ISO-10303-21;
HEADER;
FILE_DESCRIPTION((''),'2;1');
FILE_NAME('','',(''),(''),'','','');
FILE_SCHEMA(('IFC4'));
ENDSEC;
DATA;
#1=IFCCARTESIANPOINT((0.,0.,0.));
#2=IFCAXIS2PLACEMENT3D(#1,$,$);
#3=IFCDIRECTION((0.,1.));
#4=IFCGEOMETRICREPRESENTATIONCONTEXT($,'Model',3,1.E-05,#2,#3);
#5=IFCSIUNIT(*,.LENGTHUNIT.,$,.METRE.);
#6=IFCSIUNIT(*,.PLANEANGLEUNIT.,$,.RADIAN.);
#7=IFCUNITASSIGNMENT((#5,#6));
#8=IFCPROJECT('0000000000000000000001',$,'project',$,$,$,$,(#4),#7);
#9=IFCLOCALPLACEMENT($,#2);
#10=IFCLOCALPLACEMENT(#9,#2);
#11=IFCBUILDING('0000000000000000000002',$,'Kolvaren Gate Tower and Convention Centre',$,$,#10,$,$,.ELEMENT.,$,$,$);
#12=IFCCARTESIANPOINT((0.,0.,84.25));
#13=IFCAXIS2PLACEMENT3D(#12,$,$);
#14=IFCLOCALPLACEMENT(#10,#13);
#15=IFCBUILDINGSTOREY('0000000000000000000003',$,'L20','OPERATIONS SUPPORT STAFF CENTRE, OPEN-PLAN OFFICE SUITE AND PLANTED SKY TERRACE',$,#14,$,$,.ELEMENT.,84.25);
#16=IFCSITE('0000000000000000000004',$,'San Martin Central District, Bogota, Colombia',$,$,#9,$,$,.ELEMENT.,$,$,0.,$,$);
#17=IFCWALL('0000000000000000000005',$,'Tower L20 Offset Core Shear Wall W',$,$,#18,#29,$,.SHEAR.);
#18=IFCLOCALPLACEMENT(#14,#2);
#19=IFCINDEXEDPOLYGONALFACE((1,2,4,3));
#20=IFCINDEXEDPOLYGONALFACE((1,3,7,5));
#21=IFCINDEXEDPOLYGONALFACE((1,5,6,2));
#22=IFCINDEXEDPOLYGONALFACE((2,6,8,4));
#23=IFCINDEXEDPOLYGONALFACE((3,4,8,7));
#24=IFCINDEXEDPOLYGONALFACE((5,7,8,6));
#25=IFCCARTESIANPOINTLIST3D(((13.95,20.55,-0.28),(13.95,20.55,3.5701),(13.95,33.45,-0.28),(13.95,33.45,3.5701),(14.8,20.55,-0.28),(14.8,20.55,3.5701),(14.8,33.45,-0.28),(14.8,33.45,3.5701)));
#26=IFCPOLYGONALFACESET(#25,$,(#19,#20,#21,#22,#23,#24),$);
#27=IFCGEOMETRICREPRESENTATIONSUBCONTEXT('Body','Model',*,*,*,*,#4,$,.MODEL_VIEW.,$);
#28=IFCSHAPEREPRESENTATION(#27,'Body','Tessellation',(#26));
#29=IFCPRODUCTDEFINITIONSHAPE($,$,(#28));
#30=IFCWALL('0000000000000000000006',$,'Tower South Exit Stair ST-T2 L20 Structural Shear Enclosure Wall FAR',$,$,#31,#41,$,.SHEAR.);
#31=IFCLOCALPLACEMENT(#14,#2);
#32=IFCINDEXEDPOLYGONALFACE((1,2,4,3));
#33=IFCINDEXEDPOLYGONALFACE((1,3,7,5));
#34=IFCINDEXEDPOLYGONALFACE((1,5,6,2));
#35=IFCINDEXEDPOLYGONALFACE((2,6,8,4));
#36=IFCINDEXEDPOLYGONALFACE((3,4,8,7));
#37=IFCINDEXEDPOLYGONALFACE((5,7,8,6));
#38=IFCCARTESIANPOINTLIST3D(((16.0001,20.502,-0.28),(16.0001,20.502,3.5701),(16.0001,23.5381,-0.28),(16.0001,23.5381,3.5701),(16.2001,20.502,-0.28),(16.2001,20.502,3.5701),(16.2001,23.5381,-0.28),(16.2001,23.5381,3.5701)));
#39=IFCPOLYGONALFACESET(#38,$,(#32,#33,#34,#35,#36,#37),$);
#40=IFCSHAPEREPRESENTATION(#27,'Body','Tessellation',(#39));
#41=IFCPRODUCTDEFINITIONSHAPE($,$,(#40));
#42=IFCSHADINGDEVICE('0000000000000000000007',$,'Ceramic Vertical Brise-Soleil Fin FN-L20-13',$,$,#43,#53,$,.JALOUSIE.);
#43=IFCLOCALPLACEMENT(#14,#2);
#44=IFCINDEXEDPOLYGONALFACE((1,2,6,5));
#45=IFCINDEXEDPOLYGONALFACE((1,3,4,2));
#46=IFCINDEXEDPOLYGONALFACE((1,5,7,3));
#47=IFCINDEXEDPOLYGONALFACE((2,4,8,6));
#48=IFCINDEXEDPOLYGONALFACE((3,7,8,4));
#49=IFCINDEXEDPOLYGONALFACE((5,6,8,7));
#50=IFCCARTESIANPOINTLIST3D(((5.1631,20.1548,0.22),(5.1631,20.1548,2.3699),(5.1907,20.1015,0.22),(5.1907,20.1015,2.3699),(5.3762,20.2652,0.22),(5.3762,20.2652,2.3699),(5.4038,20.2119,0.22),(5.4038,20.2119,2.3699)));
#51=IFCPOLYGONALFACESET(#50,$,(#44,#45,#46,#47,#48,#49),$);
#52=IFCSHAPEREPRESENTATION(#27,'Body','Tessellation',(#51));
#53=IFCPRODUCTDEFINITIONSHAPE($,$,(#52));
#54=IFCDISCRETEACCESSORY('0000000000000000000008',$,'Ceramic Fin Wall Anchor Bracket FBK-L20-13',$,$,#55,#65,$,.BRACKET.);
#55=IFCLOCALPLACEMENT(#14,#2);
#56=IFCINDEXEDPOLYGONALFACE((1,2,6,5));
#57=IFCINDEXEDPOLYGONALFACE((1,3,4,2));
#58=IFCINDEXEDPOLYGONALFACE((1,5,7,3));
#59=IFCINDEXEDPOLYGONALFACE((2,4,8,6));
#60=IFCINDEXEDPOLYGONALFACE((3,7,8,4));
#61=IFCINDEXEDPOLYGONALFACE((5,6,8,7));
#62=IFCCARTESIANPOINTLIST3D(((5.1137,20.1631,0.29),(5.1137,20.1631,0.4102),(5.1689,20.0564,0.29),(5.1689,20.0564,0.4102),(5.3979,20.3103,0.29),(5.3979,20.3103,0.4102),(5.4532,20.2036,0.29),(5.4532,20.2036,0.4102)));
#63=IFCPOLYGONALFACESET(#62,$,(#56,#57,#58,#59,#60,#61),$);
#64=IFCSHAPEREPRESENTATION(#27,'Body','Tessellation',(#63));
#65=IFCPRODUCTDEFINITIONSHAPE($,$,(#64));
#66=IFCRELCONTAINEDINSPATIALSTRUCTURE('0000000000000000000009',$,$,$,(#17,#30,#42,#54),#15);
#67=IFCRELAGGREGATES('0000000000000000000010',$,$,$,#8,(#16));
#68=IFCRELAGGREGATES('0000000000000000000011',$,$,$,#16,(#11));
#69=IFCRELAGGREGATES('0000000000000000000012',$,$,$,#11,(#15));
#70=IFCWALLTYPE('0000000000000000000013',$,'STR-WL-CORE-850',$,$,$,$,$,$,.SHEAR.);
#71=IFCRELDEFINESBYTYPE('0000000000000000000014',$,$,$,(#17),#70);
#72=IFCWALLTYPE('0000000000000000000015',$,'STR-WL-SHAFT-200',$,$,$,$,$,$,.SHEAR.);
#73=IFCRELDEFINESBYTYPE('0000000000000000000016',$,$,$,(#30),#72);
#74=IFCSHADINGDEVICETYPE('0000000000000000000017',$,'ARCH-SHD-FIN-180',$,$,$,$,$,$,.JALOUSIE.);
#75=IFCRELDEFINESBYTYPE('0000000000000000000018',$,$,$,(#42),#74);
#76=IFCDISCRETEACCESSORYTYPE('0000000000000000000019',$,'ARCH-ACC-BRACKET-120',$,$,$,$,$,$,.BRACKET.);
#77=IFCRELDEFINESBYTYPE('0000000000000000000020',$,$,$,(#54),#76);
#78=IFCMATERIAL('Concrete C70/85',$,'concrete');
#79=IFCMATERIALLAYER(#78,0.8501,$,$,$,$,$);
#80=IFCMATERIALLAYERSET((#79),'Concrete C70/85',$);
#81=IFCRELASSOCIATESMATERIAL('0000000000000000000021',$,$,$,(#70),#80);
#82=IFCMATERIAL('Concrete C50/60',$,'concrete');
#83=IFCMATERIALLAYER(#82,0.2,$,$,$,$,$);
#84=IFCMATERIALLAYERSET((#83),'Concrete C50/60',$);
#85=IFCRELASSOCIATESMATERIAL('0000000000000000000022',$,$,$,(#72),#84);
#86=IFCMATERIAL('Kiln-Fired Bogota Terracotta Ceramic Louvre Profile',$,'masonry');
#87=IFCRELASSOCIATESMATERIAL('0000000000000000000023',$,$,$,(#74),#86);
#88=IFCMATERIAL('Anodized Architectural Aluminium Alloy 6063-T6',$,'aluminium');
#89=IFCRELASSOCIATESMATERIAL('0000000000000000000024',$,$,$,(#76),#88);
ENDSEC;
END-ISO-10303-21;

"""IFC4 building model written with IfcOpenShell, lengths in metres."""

from ifc_helpers import new_model, si_unit, direction, frame, frame_2d, origin, origin_2d, place, context, subcontext, project, spatial, rectangle, extrude, material, layer, layer_set, type_object, element, save


model = new_model("IFC4")

# Units and contexts
model_context = context("Model", 3, precision=1e-05, world=origin(), true_north=direction((0.0, 1.0)))
body_context = subcontext(model_context, "Body", "Model", "MODEL_VIEW")
ifc_project = project(units=[si_unit("LENGTHUNIT", "METRE"), si_unit("PLANEANGLEUNIT", "RADIAN")], contexts=[model_context])

# Site, building, storey
site_placement = place(None, origin())
site = spatial("IfcSite", under=ifc_project, at=site_placement, Name="San Martin Central District, Bogota, Colombia", CompositionType="ELEMENT", RefElevation=0.0)
building_placement = place(site_placement, origin())
building = spatial("IfcBuilding", under=site, at=building_placement, Name="Kolvaren Gate Tower and Convention Centre", CompositionType="ELEMENT")
storey_placement = place(building_placement, frame((0.0, 0.0, 84.25)))
storey = spatial("IfcBuildingStorey", under=building, at=storey_placement, Name="L20", Description="OPERATIONS SUPPORT STAFF CENTRE, OPEN-PLAN OFFICE SUITE AND PLANTED SKY TERRACE", CompositionType="ELEMENT", Elevation=84.25)

# Shared definitions
ifc_material_1 = material(Name="Concrete C70/85", Category="concrete")

# Walls
ifc_material_2 = material(Name="Concrete C50/60", Category="concrete")
ifc_layer_1 = layer(ifc_material_1, 0.8501)
ifc_layer_set_1 = layer_set([ifc_layer_1], Name="Concrete C70/85")
wall_type_1 = type_object("IfcWallType", Name="STR-WL-CORE-850", PredefinedType="SHEAR", material=ifc_layer_set_1)
wall_1_placement = place(storey_placement, frame((14.375, 20.55, -0.28), z_axis=(0.0, 0.0, 1.0), x_axis=(0.0, 1.0, 0.0)))
element("IfcWall", 1, at=wall_1_placement, inside=storey, type_object=wall_type_1, Name="Tower L20 Offset Core Shear Wall W", PredefinedType="SHEAR", context=body_context, shape_type="SweptSolid", body=[
    extrude(rectangle(XDim=12.8999, YDim=0.8501, at=frame_2d((6.45, 0.0))), origin(), (0.0, 0.0, 1.0), 3.8501),
])
ifc_layer_2 = layer(ifc_material_2, 0.2)
ifc_layer_set_2 = layer_set([ifc_layer_2], Name="Concrete C50/60")
wall_type_2 = type_object("IfcWallType", Name="STR-WL-SHAFT-200", PredefinedType="SHEAR", material=ifc_layer_set_2)
wall_2_placement = place(storey_placement, frame((16.1001, 20.502, -0.28), z_axis=(0.0, 0.0, 1.0), x_axis=(0.0, 1.0, 0.0)))
element("IfcWall", 2, at=wall_2_placement, inside=storey, type_object=wall_type_2, Name="Tower South Exit Stair ST-T2 L20 Structural Shear Enclosure Wall FAR", PredefinedType="SHEAR", context=body_context, shape_type="SweptSolid", body=[
    extrude(rectangle(XDim=3.0361, YDim=0.2, at=frame_2d((1.5181, 0.0))), origin(), (0.0, 0.0, 1.0), 3.8501),
])

# Shading device
ifc_material_3 = material(Name="Kiln-Fired Bogota Terracotta Ceramic Louvre Profile", Category="masonry")
shading_device_type = type_object("IfcShadingDeviceType", Name="ARCH-SHD-FIN-180", PredefinedType="JALOUSIE", material=ifc_material_3)
shading_device_placement = place(storey_placement, frame((5.2834, 20.1833, 0.22), z_axis=(0.0, 0.0, 1.0), x_axis=(0.459802, -0.888022, 0.0)))
element("IfcShadingDevice", 3, at=shading_device_placement, inside=storey, type_object=shading_device_type, Name="Ceramic Vertical Brise-Soleil Fin FN-L20-13", PredefinedType="JALOUSIE", context=body_context, shape_type="SweptSolid", body=[
    extrude(rectangle(XDim=0.0601, YDim=0.24, at=origin_2d()), origin(), (0.0, 0.0, 1.0), 2.1499),
])

# Discrete accessory
ifc_material_4 = material(Name="Anodized Architectural Aluminium Alloy 6063-T6", Category="aluminium")
discrete_accessory_type = type_object("IfcDiscreteAccessoryType", Name="ARCH-ACC-BRACKET-120", PredefinedType="BRACKET", material=ifc_material_4)
discrete_accessory_placement = place(storey_placement, frame((5.2834, 20.1833, 0.29), z_axis=(0.0, 0.0, 1.0), x_axis=(0.459802, -0.888022, 0.0)))
element("IfcDiscreteAccessory", 4, at=discrete_accessory_placement, inside=storey, type_object=discrete_accessory_type, Name="Ceramic Fin Wall Anchor Bracket FBK-L20-13", PredefinedType="BRACKET", context=body_context, shape_type="SweptSolid", body=[
    extrude(rectangle(XDim=0.1201, YDim=0.3201, at=origin_2d()), origin(), (0.0, 0.0, 1.0), 0.1201),
])

save(model, "model.ifc")
